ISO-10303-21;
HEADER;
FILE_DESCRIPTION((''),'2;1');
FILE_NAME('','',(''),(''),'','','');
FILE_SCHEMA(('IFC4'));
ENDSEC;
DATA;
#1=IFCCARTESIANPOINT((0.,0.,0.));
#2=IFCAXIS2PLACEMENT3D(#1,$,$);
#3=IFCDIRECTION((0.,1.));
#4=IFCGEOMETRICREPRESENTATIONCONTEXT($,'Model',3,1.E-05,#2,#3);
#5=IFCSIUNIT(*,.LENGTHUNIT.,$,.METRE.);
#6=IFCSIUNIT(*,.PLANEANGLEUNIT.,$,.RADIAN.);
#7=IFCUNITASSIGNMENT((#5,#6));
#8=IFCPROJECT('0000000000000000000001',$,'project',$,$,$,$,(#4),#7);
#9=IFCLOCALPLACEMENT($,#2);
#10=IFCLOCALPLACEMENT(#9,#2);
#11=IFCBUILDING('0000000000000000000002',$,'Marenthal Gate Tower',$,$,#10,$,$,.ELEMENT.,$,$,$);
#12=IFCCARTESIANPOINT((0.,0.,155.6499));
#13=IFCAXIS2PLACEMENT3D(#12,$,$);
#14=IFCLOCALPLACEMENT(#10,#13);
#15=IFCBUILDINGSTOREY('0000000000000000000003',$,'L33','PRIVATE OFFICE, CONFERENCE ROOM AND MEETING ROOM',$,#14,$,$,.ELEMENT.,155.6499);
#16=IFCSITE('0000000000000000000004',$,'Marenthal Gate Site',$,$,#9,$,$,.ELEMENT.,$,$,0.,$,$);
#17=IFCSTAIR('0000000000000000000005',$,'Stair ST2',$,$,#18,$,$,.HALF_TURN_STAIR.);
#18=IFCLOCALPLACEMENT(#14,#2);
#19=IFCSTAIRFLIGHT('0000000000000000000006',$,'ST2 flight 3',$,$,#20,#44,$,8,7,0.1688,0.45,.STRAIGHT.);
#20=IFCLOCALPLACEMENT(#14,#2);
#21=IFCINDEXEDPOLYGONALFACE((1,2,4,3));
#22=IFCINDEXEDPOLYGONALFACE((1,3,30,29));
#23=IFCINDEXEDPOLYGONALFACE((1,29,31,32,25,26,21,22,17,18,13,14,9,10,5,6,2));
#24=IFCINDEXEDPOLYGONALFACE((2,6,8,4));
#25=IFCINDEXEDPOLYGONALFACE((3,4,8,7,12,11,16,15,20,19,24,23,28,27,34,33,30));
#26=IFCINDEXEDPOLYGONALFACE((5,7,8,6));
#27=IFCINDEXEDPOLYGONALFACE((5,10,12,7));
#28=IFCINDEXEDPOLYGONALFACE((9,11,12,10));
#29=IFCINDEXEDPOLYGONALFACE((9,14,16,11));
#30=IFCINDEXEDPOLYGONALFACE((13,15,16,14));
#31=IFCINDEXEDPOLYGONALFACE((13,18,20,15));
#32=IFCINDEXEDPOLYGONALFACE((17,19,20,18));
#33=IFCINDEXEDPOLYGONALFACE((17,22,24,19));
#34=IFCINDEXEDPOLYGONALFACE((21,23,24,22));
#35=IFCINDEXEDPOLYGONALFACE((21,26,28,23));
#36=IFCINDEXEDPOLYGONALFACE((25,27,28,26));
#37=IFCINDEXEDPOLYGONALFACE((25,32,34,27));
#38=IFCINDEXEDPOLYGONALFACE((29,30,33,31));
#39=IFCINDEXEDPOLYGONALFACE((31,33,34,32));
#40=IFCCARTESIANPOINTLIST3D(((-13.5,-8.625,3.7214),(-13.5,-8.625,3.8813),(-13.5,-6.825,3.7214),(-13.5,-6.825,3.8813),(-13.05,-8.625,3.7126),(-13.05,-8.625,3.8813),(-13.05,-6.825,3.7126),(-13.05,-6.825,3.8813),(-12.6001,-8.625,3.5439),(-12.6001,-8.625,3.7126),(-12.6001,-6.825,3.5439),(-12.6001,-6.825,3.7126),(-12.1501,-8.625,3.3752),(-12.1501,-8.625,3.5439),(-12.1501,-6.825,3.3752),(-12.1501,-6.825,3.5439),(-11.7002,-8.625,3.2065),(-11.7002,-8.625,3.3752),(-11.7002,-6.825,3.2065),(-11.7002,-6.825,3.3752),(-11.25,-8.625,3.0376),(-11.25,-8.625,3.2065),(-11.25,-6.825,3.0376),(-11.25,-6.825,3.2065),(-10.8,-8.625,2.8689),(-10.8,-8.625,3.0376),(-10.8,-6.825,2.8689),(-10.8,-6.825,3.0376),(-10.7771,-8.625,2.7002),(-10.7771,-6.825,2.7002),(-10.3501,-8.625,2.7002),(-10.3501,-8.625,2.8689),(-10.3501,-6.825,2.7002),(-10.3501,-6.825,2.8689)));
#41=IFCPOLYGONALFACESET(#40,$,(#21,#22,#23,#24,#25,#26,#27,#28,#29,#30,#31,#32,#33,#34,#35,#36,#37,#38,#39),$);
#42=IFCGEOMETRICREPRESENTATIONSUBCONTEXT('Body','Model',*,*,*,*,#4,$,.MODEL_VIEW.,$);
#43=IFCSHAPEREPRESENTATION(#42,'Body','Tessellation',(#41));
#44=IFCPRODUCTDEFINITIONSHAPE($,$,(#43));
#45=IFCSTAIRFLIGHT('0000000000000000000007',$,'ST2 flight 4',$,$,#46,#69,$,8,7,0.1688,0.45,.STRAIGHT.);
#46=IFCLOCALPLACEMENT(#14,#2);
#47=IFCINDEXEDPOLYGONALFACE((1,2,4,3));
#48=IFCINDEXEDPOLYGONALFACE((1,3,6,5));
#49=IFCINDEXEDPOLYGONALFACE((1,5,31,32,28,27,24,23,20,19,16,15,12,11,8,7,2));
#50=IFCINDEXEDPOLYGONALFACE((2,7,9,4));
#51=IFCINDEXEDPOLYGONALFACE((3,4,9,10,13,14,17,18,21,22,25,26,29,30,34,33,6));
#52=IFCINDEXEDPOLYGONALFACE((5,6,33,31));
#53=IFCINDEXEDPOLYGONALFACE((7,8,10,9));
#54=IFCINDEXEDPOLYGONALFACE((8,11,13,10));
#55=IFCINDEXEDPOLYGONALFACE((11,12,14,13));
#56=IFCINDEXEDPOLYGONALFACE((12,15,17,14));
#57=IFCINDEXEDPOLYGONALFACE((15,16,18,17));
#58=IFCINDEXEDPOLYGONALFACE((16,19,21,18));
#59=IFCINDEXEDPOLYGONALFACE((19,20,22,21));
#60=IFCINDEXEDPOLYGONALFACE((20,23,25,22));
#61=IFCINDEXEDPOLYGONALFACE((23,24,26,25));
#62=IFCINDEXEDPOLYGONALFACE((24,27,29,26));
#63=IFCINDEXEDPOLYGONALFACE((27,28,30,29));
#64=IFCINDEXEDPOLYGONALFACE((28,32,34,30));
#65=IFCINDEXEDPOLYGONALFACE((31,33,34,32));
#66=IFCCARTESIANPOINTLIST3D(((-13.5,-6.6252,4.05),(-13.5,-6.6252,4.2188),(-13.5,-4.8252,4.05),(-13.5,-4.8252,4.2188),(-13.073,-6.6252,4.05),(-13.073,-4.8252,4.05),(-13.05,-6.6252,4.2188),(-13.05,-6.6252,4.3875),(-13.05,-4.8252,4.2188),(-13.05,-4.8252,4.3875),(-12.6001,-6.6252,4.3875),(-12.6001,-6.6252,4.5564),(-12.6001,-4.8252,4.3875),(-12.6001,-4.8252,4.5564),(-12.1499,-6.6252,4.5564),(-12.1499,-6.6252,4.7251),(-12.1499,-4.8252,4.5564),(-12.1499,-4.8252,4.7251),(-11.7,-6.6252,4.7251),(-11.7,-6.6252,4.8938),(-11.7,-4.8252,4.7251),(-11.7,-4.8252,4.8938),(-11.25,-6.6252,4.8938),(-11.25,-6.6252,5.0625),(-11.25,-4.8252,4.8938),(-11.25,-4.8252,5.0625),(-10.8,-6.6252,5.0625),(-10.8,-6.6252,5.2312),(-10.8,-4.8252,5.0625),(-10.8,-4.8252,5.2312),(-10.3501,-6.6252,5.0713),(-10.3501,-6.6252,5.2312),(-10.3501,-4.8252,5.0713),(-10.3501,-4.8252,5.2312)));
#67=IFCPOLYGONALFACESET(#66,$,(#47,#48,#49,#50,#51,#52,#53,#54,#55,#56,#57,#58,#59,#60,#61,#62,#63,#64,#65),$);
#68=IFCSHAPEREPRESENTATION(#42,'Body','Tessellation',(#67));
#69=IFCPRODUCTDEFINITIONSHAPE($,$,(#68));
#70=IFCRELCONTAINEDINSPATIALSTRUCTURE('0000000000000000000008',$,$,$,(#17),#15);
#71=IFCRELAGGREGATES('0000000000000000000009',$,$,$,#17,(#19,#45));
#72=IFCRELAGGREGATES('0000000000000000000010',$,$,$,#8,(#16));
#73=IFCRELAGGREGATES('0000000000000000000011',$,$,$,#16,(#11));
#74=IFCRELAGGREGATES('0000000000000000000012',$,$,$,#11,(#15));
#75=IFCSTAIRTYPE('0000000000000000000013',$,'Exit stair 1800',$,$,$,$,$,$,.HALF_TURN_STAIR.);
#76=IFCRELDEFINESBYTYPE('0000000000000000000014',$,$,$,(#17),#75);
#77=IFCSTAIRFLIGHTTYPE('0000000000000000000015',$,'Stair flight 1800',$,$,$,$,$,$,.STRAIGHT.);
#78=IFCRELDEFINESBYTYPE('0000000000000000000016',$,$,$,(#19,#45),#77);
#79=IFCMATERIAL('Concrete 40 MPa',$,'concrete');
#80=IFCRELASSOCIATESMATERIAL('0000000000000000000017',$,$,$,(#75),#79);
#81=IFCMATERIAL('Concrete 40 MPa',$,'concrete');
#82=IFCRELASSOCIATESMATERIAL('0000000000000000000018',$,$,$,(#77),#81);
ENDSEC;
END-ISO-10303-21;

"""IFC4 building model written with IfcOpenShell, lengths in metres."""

from ifc_helpers import new_model, si_unit, direction, frame, origin, place, context, subcontext, project, spatial, polyline, outline, extrude, material, type_object, element, aggregate, save


model = new_model("IFC4")

# Units and contexts
model_context = context("Model", 3, precision=1e-05, world=origin(), true_north=direction((0.0, 1.0)))
body_context = subcontext(model_context, "Body", "Model", "MODEL_VIEW")
ifc_project = project(units=[si_unit("LENGTHUNIT", "METRE"), si_unit("PLANEANGLEUNIT", "RADIAN")], contexts=[model_context])

# Site, building, storey
site_placement = place(None, origin())
site = spatial("IfcSite", under=ifc_project, at=site_placement, Name="Marenthal Gate Site", CompositionType="ELEMENT", RefElevation=0.0)
building_placement = place(site_placement, origin())
building = spatial("IfcBuilding", under=site, at=building_placement, Name="Marenthal Gate Tower", CompositionType="ELEMENT")
storey_placement = place(building_placement, frame((0.0, 0.0, 155.6499)))
storey = spatial("IfcBuildingStorey", under=building, at=storey_placement, Name="L33", Description="PRIVATE OFFICE, CONFERENCE ROOM AND MEETING ROOM", CompositionType="ELEMENT", Elevation=155.6499)

# Stair, stair flights
ifc_material_1 = material(Name="Concrete 40 MPa", Category="concrete")
stair_type = type_object("IfcStairType", Name="Exit stair 1800", PredefinedType="HALF_TURN_STAIR", material=ifc_material_1)
stair_placement = place(storey_placement, origin())
stair = element("IfcStair", 1, at=stair_placement, inside=storey, type_object=stair_type, Name="Stair ST2", PredefinedType="HALF_TURN_STAIR")
ifc_material_2 = material(Name="Concrete 40 MPa", Category="concrete")
stair_flight_type = type_object("IfcStairFlightType", Name="Stair flight 1800", PredefinedType="STRAIGHT", material=ifc_material_2)
stair_flight_1_placement = place(storey_placement, frame((-10.3501, -7.7251, 2.7002), z_axis=(0.0, 0.0, 1.0), x_axis=(-1.0, 0.0, 0.0)))
stair_flight_1 = element("IfcStairFlight", 2, at=stair_flight_1_placement, type_object=stair_flight_type, Name="ST2 flight 3", NumberOfRisers=8, NumberOfTreads=7, PredefinedType="STRAIGHT", RiserHeight=0.1688, TreadLength=0.45, context=body_context, shape_type="SweptSolid", body=[
    extrude(outline(polyline([(0.0, 0.0), (0.0, 0.1687), (0.45, 0.1687), (0.45, 0.3374), (0.8999, 0.3374), (0.8999, 0.5063), (1.3501, 0.5063), (1.3501, 0.675), (1.8, 0.675), (1.8, 0.8438), (2.25, 0.8438), (2.25, 1.0125), (2.7, 1.0125), (2.7, 1.1812), (3.1499, 1.1812), (3.1499, 1.3501), (3.1499, 1.0212), (0.427, 0.0), (0.0, 0.0)])), frame((0.0, 0.8999, 0.0), z_axis=(0.0, -1.0, 0.0), x_axis=(1.0, 0.0, 0.0)), (0.0, 0.0, 1.0), 1.8),
])
stair_flight_2_placement = place(storey_placement, frame((-13.5, -5.7251, 4.05), z_axis=(0.0, 0.0, 1.0), x_axis=(1.0, 0.0, 0.0)))
stair_flight_2 = element("IfcStairFlight", 3, at=stair_flight_2_placement, type_object=stair_flight_type, Name="ST2 flight 4", NumberOfRisers=8, NumberOfTreads=7, PredefinedType="STRAIGHT", RiserHeight=0.1688, TreadLength=0.45, context=body_context, shape_type="SweptSolid", body=[
    extrude(outline(polyline([(0.0, 0.0), (0.0, 0.1687), (0.45, 0.1687), (0.45, 0.3374), (0.8999, 0.3374), (0.8999, 0.5063), (1.3501, 0.5063), (1.3501, 0.675), (1.8, 0.675), (1.8, 0.8438), (2.25, 0.8438), (2.25, 1.0125), (2.7, 1.0125), (2.7, 1.1812), (3.1499, 1.1812), (3.1499, 1.3501), (3.1499, 1.0212), (0.427, 0.0), (0.0, 0.0)])), frame((0.0, 0.8999, 0.0), z_axis=(0.0, -1.0, 0.0), x_axis=(1.0, 0.0, 0.0)), (0.0, 0.0, 1.0), 1.8),
])
aggregate(stair, [stair_flight_1, stair_flight_2])

save(model, "model.ifc")
